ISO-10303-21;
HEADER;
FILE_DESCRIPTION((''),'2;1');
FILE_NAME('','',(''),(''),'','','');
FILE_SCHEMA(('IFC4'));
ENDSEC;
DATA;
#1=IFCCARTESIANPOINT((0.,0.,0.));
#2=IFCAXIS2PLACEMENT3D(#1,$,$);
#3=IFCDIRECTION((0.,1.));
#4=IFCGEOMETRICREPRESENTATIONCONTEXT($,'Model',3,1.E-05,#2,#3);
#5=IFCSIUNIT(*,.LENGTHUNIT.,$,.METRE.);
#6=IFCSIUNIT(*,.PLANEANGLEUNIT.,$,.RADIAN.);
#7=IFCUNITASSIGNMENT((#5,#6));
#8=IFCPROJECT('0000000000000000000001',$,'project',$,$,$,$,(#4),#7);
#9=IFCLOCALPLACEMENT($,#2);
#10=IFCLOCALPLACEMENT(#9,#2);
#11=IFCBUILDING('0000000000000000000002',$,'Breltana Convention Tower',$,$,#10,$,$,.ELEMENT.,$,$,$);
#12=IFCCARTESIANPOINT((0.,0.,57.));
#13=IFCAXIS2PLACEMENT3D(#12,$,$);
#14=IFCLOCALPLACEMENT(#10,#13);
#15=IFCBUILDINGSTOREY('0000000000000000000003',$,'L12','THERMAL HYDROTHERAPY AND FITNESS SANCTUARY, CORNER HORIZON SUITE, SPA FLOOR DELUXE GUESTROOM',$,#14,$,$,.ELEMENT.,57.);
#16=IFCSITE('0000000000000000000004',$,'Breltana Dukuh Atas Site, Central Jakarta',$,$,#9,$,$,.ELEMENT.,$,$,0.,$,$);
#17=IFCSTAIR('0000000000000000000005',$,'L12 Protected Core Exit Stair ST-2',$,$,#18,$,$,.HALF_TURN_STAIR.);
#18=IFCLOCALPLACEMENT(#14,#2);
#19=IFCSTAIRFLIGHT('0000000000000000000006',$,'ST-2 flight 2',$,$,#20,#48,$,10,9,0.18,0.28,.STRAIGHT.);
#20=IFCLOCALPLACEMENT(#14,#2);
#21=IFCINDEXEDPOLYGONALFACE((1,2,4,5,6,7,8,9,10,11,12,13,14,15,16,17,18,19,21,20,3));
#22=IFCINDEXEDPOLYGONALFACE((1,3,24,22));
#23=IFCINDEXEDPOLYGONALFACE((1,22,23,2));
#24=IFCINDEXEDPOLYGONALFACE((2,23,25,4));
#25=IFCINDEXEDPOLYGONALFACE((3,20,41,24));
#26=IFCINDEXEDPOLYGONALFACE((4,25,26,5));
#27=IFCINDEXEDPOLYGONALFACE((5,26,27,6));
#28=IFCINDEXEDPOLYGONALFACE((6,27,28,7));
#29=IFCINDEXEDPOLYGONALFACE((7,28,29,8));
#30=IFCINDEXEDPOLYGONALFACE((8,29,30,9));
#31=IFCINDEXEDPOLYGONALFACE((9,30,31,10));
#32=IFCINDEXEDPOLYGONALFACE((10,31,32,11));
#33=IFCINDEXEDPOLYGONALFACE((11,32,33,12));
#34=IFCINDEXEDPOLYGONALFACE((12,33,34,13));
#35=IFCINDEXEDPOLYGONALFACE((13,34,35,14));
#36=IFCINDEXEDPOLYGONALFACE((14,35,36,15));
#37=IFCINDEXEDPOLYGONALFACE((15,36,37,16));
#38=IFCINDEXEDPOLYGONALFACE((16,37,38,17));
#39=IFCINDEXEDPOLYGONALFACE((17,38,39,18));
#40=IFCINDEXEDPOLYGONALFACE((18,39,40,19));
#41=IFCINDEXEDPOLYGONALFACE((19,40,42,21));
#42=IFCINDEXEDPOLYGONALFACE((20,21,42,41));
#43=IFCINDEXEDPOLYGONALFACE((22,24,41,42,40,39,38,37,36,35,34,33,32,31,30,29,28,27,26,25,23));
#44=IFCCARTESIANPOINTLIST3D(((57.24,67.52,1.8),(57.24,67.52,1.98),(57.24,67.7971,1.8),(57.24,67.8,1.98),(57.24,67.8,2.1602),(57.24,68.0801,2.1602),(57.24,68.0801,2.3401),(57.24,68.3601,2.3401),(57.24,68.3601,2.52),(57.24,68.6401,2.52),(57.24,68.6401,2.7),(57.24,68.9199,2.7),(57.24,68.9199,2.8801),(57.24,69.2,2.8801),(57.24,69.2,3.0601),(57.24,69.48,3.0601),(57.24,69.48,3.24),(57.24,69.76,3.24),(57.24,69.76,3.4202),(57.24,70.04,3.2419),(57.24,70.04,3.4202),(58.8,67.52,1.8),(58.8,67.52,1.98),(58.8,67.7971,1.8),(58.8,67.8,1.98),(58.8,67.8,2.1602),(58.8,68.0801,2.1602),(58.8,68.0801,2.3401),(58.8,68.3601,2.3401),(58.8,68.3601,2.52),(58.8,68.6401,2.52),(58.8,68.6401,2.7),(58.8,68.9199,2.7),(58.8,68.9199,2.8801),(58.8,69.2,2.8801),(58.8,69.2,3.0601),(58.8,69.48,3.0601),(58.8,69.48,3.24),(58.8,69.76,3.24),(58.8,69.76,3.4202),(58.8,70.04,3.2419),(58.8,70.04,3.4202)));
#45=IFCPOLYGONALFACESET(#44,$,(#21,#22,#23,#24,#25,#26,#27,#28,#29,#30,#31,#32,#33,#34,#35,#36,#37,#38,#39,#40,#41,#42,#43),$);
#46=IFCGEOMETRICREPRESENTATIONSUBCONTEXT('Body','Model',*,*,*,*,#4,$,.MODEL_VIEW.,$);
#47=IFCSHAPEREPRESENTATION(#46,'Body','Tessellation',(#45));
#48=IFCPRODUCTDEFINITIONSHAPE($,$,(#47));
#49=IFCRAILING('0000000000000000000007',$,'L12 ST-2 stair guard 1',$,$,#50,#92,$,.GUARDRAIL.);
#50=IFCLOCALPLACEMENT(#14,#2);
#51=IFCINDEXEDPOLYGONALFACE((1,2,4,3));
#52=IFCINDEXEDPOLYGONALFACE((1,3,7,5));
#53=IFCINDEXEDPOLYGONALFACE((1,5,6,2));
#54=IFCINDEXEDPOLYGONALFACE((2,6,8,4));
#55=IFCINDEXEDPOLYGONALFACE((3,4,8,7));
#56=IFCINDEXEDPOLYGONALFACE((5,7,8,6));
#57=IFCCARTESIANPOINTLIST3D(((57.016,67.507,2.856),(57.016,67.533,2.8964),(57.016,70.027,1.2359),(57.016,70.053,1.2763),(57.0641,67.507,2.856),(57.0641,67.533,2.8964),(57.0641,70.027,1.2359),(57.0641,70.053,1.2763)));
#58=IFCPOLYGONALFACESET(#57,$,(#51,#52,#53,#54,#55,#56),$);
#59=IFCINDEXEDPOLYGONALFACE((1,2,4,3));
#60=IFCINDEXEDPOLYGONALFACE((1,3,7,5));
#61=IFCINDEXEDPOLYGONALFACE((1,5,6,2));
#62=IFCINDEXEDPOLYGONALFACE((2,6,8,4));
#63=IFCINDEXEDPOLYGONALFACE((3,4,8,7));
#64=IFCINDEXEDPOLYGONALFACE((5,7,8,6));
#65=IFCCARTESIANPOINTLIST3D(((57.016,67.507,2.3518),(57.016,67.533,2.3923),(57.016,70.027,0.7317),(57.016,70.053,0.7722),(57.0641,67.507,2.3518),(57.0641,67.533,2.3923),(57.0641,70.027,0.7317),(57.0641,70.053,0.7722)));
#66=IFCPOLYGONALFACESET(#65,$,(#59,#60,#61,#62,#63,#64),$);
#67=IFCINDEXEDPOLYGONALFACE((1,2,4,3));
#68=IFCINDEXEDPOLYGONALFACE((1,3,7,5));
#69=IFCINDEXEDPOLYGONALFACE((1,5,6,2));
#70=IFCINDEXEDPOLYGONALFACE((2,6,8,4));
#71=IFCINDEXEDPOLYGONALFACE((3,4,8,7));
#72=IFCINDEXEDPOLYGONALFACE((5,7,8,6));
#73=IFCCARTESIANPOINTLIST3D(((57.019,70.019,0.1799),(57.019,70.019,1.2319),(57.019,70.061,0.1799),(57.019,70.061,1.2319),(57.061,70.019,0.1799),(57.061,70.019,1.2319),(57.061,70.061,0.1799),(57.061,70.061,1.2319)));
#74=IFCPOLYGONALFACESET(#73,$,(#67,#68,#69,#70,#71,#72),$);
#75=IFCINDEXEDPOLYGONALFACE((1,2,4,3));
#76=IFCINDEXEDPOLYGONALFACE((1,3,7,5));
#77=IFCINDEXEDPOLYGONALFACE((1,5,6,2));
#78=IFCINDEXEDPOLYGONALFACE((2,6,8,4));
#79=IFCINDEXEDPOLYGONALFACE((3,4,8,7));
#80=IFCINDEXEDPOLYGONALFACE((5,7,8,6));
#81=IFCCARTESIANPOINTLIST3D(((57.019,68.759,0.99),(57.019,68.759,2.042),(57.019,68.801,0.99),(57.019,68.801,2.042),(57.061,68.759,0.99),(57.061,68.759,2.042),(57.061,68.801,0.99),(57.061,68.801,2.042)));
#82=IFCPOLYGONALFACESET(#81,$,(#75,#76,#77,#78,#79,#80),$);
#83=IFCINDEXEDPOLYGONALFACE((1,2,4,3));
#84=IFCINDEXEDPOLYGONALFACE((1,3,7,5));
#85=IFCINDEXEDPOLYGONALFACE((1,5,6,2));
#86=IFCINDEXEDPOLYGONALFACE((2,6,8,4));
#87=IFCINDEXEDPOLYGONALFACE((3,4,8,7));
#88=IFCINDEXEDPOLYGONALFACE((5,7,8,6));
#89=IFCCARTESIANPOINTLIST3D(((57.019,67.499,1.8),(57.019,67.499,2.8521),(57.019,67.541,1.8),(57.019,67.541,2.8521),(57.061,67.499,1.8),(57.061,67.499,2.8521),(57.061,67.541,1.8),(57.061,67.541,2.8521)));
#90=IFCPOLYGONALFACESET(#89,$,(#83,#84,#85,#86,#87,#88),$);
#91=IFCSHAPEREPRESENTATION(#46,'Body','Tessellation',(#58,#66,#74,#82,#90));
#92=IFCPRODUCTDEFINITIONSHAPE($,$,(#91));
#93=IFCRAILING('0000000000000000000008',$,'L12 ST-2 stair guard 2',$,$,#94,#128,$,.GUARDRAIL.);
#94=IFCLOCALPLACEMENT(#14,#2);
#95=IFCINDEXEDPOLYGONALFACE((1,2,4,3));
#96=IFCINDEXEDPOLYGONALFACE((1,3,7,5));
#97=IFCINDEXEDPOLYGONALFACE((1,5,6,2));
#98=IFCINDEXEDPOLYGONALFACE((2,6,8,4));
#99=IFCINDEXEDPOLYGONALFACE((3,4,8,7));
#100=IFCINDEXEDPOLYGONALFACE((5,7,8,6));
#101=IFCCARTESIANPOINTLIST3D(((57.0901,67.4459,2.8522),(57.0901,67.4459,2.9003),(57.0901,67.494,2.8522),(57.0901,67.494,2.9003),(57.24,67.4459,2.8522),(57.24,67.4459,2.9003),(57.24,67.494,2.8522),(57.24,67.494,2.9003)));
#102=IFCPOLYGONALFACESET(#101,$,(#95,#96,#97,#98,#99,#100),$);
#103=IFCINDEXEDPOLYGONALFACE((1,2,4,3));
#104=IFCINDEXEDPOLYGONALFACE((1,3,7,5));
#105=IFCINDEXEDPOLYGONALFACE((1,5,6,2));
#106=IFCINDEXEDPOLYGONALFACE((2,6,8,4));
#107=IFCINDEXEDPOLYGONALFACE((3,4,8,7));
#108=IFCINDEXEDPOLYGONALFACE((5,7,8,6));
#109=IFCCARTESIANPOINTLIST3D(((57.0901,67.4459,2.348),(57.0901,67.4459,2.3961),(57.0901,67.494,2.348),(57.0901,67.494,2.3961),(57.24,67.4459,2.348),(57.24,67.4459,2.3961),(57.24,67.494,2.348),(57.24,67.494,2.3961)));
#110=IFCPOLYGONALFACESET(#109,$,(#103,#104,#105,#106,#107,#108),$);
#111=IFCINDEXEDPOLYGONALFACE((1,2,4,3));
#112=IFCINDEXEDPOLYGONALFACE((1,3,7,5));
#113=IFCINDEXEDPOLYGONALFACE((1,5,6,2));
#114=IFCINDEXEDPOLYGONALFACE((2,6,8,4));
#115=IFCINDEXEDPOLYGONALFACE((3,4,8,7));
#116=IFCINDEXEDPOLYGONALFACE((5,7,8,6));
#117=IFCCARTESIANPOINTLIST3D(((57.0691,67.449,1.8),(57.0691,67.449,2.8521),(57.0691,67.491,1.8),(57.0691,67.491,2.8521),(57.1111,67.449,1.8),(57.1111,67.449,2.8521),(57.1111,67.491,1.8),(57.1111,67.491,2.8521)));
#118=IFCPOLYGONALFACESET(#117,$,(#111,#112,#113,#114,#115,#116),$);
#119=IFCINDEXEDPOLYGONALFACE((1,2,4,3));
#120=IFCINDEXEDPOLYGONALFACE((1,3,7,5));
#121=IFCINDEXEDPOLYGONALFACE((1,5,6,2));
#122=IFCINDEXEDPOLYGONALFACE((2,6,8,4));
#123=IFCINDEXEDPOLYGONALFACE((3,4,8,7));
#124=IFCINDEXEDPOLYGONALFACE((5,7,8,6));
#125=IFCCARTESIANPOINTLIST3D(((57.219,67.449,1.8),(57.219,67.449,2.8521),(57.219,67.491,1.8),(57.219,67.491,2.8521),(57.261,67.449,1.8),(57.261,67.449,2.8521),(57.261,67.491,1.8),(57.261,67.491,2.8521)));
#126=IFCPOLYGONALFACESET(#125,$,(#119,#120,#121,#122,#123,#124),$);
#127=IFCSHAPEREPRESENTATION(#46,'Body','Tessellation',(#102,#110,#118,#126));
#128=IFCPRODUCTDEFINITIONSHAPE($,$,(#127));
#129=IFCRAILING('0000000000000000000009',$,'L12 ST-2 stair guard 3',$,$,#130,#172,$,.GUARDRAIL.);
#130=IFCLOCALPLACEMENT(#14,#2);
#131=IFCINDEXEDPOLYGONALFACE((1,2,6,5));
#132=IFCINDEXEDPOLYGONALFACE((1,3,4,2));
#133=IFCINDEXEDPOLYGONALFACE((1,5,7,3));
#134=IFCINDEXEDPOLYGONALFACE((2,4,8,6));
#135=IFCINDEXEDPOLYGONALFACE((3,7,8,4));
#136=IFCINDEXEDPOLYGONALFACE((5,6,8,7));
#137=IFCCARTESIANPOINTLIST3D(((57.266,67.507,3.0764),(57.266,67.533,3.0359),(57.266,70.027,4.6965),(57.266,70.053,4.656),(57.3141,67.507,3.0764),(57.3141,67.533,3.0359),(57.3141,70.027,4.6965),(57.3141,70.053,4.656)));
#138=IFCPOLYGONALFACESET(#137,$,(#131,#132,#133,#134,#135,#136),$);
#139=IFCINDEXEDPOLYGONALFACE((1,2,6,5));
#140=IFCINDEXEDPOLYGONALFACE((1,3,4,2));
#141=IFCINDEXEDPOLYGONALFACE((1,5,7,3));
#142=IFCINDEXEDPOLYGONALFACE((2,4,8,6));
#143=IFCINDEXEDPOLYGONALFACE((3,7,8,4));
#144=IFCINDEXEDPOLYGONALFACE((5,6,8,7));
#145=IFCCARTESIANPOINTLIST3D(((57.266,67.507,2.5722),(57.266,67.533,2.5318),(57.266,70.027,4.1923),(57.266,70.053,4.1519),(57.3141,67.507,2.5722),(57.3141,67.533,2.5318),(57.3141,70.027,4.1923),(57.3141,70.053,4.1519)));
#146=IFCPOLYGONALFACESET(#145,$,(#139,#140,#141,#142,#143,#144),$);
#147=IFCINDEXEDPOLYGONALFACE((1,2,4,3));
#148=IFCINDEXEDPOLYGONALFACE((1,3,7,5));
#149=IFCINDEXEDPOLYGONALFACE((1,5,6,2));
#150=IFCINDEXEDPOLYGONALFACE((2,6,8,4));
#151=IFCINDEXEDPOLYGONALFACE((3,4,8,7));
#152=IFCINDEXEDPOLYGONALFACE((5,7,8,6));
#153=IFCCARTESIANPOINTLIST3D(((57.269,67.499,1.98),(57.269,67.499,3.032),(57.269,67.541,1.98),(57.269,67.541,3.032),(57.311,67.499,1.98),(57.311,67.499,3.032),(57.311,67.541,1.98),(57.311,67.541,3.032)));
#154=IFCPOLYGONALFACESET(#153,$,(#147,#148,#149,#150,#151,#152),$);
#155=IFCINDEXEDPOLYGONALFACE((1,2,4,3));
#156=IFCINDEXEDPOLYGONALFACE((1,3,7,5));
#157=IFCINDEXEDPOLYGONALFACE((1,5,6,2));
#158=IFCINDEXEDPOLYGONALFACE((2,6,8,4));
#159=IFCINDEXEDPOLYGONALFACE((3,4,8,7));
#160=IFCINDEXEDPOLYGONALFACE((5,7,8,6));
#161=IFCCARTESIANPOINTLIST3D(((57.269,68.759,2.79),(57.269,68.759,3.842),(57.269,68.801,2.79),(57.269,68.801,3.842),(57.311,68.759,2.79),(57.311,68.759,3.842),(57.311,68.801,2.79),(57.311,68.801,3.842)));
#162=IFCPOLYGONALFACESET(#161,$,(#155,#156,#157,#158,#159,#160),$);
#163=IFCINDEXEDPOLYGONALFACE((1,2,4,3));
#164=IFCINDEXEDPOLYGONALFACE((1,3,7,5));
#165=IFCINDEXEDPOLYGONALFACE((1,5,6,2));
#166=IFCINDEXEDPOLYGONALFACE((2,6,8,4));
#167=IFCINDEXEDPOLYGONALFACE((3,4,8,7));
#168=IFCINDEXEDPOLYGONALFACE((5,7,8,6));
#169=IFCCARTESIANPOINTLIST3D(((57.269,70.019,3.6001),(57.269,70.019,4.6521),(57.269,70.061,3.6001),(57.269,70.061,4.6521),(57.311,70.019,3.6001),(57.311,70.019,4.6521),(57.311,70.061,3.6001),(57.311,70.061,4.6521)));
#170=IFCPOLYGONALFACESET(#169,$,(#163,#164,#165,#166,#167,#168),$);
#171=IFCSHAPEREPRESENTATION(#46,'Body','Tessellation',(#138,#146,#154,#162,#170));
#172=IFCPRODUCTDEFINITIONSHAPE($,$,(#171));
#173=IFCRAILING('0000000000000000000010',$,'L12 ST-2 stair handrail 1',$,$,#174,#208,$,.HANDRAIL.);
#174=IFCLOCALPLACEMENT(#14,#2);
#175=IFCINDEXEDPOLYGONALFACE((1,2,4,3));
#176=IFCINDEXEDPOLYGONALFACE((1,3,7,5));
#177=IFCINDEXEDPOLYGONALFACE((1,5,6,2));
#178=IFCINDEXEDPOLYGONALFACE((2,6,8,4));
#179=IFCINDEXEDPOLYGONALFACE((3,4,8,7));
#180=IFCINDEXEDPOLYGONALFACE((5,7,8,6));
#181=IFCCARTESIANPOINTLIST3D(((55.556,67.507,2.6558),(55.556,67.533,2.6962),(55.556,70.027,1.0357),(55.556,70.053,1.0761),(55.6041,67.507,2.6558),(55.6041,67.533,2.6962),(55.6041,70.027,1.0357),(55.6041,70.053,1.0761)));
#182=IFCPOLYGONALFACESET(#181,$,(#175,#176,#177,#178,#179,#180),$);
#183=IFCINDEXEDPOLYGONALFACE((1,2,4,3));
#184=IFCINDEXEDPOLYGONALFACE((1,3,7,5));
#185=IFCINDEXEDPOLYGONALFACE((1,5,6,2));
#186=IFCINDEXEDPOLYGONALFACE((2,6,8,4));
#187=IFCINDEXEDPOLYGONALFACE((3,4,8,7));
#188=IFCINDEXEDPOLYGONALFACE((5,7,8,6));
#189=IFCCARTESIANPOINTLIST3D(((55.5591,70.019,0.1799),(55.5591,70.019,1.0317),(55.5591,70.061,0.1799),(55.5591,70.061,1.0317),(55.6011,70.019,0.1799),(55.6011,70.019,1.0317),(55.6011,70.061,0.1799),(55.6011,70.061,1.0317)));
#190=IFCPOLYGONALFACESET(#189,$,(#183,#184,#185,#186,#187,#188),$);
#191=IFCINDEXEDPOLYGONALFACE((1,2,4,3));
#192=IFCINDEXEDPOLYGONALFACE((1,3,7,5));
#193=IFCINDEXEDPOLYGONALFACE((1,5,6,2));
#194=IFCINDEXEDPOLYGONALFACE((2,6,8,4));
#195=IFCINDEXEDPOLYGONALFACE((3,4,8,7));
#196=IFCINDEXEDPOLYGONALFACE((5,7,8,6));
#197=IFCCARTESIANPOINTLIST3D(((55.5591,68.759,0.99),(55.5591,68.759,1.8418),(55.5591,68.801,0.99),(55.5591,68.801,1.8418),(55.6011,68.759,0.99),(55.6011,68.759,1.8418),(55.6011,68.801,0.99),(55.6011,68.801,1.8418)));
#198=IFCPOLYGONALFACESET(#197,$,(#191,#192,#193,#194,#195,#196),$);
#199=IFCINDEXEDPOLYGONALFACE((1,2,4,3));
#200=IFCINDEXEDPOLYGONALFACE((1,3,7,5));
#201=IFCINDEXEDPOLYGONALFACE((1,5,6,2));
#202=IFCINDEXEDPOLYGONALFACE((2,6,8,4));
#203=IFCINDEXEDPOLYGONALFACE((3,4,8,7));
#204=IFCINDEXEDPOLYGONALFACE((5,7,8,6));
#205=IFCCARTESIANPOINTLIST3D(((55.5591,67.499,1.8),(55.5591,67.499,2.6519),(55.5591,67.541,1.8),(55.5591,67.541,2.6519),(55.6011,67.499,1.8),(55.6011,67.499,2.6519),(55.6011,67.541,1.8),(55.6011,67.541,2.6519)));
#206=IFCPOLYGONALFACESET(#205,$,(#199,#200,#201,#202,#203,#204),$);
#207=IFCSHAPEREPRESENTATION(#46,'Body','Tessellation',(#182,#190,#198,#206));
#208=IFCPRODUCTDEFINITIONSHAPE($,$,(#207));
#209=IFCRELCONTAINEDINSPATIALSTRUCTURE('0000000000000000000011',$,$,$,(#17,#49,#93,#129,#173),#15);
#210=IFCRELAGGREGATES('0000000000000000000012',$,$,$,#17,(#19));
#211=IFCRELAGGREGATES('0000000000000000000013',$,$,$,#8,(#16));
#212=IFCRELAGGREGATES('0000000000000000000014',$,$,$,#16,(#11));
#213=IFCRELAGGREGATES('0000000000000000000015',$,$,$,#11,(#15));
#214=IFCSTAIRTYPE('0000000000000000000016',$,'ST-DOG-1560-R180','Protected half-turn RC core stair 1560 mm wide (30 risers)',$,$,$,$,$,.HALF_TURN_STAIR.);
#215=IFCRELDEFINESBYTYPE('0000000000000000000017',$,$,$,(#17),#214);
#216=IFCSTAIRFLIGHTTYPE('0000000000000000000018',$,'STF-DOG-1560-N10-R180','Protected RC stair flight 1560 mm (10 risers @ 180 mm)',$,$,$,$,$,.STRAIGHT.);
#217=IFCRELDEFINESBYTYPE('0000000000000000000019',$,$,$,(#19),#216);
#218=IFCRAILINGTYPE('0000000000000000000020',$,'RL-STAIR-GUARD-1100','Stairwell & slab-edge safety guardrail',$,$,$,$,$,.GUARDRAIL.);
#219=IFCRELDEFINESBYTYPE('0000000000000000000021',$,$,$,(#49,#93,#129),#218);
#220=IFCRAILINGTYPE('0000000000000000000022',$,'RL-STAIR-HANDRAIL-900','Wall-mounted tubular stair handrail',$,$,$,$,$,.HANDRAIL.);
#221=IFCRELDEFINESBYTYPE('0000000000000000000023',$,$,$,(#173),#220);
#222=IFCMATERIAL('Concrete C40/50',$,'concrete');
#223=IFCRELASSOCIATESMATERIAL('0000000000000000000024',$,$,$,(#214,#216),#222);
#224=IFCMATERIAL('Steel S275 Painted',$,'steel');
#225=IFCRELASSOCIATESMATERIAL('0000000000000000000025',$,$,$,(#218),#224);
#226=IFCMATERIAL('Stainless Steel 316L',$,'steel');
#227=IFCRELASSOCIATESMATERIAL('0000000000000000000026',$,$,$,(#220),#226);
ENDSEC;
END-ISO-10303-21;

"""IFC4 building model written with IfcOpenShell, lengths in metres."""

from ifc_helpers import new_model, si_unit, direction, frame, origin, origin_2d, place, context, subcontext, project, spatial, polyline, rectangle, outline, extrude, material, type_object, element, aggregate, save


model = new_model("IFC4")

# Units and contexts
model_context = context("Model", 3, precision=1e-05, world=origin(), true_north=direction((0.0, 1.0)))
body_context = subcontext(model_context, "Body", "Model", "MODEL_VIEW")
ifc_project = project(units=[si_unit("LENGTHUNIT", "METRE"), si_unit("PLANEANGLEUNIT", "RADIAN")], contexts=[model_context])

# Site, building, storey
site_placement = place(None, origin())
site = spatial("IfcSite", under=ifc_project, at=site_placement, Name="Breltana Dukuh Atas Site, Central Jakarta", CompositionType="ELEMENT", RefElevation=0.0)
building_placement = place(site_placement, origin())
building = spatial("IfcBuilding", under=site, at=building_placement, Name="Breltana Convention Tower", CompositionType="ELEMENT")
storey_placement = place(building_placement, frame((0.0, 0.0, 57.0)))
storey = spatial("IfcBuildingStorey", under=building, at=storey_placement, Name="L12", Description="THERMAL HYDROTHERAPY AND FITNESS SANCTUARY, CORNER HORIZON SUITE, SPA FLOOR DELUXE GUESTROOM", CompositionType="ELEMENT", Elevation=57.0)

# Stair, stair flight
ifc_material_1 = material(Name="Concrete C40/50", Category="concrete")
stair_type = type_object("IfcStairType", Name="ST-DOG-1560-R180", Description="Protected half-turn RC core stair 1560 mm wide (30 risers)", PredefinedType="HALF_TURN_STAIR", material=ifc_material_1)
stair_placement = place(storey_placement, origin())
stair = element("IfcStair", 1, at=stair_placement, inside=storey, type_object=stair_type, Name="L12 Protected Core Exit Stair ST-2", PredefinedType="HALF_TURN_STAIR")
stair_flight_type = type_object("IfcStairFlightType", Name="STF-DOG-1560-N10-R180", Description="Protected RC stair flight 1560 mm (10 risers @ 180 mm)", PredefinedType="STRAIGHT", material=ifc_material_1)
stair_flight_1_placement = place(storey_placement, frame((58.02, 67.52, 1.8), z_axis=(0.0, 0.0, 1.0), x_axis=(0.0, 1.0, 0.0)))
stair_flight_1 = element("IfcStairFlight", 2, at=stair_flight_1_placement, type_object=stair_flight_type, Name="ST-2 flight 2", NumberOfRisers=10, NumberOfTreads=9, PredefinedType="STRAIGHT", RiserHeight=0.18, TreadLength=0.28, context=body_context, shape_type="SweptSolid", body=[
    extrude(outline(polyline([(0.0, 0.0), (0.0, 0.1799), (0.28, 0.1799), (0.28, 0.3601), (0.5601, 0.3601), (0.5601, 0.54), (0.8401, 0.54), (0.8401, 0.72), (1.1201, 0.72), (1.1201, 0.8999), (1.3999, 0.8999), (1.3999, 1.0801), (1.6799, 1.0801), (1.6799, 1.26), (1.96, 1.26), (1.96, 1.4399), (2.24, 1.4399), (2.24, 1.6201), (2.52, 1.6201), (2.52, 1.8), (2.52, 1.4419), (0.2771, 0.0), (0.0, 0.0)])), frame((0.0, 0.78, 0.0), z_axis=(0.0, -1.0, 0.0), x_axis=(1.0, 0.0, 0.0)), (0.0, 0.0, 1.0), 1.5601),
])
aggregate(stair, [stair_flight_1])

# Railings
ifc_material_2 = material(Name="Steel S275 Painted", Category="steel")
railing_type_1 = type_object("IfcRailingType", Name="RL-STAIR-GUARD-1100", Description="Stairwell & slab-edge safety guardrail", PredefinedType="GUARDRAIL", material=ifc_material_2)
railing_1_placement = place(storey_placement, frame((57.04, 70.04, 0.1799)))
element("IfcRailing", 3, at=railing_1_placement, inside=storey, type_object=railing_type_1, Name="L12 ST-2 stair guard 1", PredefinedType="GUARDRAIL", context=body_context, shape_type="SweptSolid", body=[
    extrude(rectangle(XDim=0.0481, YDim=0.0481, at=origin_2d()), frame((0.0, 0.0, 1.0762), z_axis=(0.0, -0.841163, 0.540782), x_axis=(1.0, 0.0, 0.0)), (0.0, 0.0, 1.0), 2.9958),
    extrude(rectangle(XDim=0.0481, YDim=0.0481, at=origin_2d()), frame((0.0, 0.0, 0.572), z_axis=(0.0, -0.841163, 0.540782), x_axis=(1.0, 0.0, 0.0)), (0.0, 0.0, 1.0), 2.9958),
    extrude(rectangle(XDim=0.042, YDim=0.042, at=origin_2d()), origin(), (0.0, 0.0, 1.0), 1.052),
    extrude(rectangle(XDim=0.042, YDim=0.042, at=origin_2d()), frame((0.0, -1.26, 0.8101)), (0.0, 0.0, 1.0), 1.052),
    extrude(rectangle(XDim=0.042, YDim=0.042, at=origin_2d()), frame((0.0, -2.52, 1.6201)), (0.0, 0.0, 1.0), 1.052),
])
railing_2_placement = place(storey_placement, frame((57.0901, 67.47, 1.8)))
element("IfcRailing", 4, at=railing_2_placement, inside=storey, type_object=railing_type_1, Name="L12 ST-2 stair guard 2", PredefinedType="GUARDRAIL", context=body_context, shape_type="SweptSolid", body=[
    extrude(rectangle(XDim=0.0481, YDim=0.0481, at=origin_2d()), frame((0.0, 0.0, 1.0762), z_axis=(1.0, 0.0, 0.0), x_axis=(0.0, 1.0, 0.0)), (0.0, 0.0, 1.0), 0.1499),
    extrude(rectangle(XDim=0.0481, YDim=0.0481, at=origin_2d()), frame((0.0, 0.0, 0.572), z_axis=(1.0, 0.0, 0.0), x_axis=(0.0, 1.0, 0.0)), (0.0, 0.0, 1.0), 0.1499),
    extrude(rectangle(XDim=0.042, YDim=0.042, at=origin_2d()), origin(), (0.0, 0.0, 1.0), 1.052),
    extrude(rectangle(XDim=0.042, YDim=0.042, at=origin_2d()), frame((0.1499, 0.0, 0.0)), (0.0, 0.0, 1.0), 1.052),
])
railing_3_placement = place(storey_placement, frame((57.29, 67.52, 1.98)))
element("IfcRailing", 5, at=railing_3_placement, inside=storey, type_object=railing_type_1, Name="L12 ST-2 stair guard 3", PredefinedType="GUARDRAIL", context=body_context, shape_type="SweptSolid", body=[
    extrude(rectangle(XDim=0.0481, YDim=0.0481, at=origin_2d()), frame((0.0, 0.0, 1.0762), z_axis=(0.0, 0.841163, 0.540782), x_axis=(-1.0, 0.0, 0.0)), (0.0, 0.0, 1.0), 2.9958),
    extrude(rectangle(XDim=0.0481, YDim=0.0481, at=origin_2d()), frame((0.0, 0.0, 0.572), z_axis=(0.0, 0.841163, 0.540782), x_axis=(-1.0, 0.0, 0.0)), (0.0, 0.0, 1.0), 2.9958),
    extrude(rectangle(XDim=0.042, YDim=0.042, at=origin_2d()), origin(), (0.0, 0.0, 1.0), 1.052),
    extrude(rectangle(XDim=0.042, YDim=0.042, at=origin_2d()), frame((0.0, 1.26, 0.8101)), (0.0, 0.0, 1.0), 1.052),
    extrude(rectangle(XDim=0.042, YDim=0.042, at=origin_2d()), frame((0.0, 2.52, 1.6201)), (0.0, 0.0, 1.0), 1.052),
])
ifc_material_3 = material(Name="Stainless Steel 316L", Category="steel")
railing_type_2 = type_object("IfcRailingType", Name="RL-STAIR-HANDRAIL-900", Description="Wall-mounted tubular stair handrail", PredefinedType="HANDRAIL", material=ifc_material_3)
railing_4_placement = place(storey_placement, frame((55.5801, 70.04, 0.1799)))
element("IfcRailing", 6, at=railing_4_placement, inside=storey, type_object=railing_type_2, Name="L12 ST-2 stair handrail 1", PredefinedType="HANDRAIL", context=body_context, shape_type="SweptSolid", body=[
    extrude(rectangle(XDim=0.0481, YDim=0.0481, at=origin_2d()), frame((0.0, 0.0, 0.876), z_axis=(0.0, -0.841163, 0.540782), x_axis=(1.0, 0.0, 0.0)), (0.0, 0.0, 1.0), 2.9958),
    extrude(rectangle(XDim=0.042, YDim=0.042, at=origin_2d()), origin(), (0.0, 0.0, 1.0), 0.8518),
    extrude(rectangle(XDim=0.042, YDim=0.042, at=origin_2d()), frame((0.0, -1.26, 0.8101)), (0.0, 0.0, 1.0), 0.8518),
    extrude(rectangle(XDim=0.042, YDim=0.042, at=origin_2d()), frame((0.0, -2.52, 1.6201)), (0.0, 0.0, 1.0), 0.8518),
])

save(model, "model.ifc")
